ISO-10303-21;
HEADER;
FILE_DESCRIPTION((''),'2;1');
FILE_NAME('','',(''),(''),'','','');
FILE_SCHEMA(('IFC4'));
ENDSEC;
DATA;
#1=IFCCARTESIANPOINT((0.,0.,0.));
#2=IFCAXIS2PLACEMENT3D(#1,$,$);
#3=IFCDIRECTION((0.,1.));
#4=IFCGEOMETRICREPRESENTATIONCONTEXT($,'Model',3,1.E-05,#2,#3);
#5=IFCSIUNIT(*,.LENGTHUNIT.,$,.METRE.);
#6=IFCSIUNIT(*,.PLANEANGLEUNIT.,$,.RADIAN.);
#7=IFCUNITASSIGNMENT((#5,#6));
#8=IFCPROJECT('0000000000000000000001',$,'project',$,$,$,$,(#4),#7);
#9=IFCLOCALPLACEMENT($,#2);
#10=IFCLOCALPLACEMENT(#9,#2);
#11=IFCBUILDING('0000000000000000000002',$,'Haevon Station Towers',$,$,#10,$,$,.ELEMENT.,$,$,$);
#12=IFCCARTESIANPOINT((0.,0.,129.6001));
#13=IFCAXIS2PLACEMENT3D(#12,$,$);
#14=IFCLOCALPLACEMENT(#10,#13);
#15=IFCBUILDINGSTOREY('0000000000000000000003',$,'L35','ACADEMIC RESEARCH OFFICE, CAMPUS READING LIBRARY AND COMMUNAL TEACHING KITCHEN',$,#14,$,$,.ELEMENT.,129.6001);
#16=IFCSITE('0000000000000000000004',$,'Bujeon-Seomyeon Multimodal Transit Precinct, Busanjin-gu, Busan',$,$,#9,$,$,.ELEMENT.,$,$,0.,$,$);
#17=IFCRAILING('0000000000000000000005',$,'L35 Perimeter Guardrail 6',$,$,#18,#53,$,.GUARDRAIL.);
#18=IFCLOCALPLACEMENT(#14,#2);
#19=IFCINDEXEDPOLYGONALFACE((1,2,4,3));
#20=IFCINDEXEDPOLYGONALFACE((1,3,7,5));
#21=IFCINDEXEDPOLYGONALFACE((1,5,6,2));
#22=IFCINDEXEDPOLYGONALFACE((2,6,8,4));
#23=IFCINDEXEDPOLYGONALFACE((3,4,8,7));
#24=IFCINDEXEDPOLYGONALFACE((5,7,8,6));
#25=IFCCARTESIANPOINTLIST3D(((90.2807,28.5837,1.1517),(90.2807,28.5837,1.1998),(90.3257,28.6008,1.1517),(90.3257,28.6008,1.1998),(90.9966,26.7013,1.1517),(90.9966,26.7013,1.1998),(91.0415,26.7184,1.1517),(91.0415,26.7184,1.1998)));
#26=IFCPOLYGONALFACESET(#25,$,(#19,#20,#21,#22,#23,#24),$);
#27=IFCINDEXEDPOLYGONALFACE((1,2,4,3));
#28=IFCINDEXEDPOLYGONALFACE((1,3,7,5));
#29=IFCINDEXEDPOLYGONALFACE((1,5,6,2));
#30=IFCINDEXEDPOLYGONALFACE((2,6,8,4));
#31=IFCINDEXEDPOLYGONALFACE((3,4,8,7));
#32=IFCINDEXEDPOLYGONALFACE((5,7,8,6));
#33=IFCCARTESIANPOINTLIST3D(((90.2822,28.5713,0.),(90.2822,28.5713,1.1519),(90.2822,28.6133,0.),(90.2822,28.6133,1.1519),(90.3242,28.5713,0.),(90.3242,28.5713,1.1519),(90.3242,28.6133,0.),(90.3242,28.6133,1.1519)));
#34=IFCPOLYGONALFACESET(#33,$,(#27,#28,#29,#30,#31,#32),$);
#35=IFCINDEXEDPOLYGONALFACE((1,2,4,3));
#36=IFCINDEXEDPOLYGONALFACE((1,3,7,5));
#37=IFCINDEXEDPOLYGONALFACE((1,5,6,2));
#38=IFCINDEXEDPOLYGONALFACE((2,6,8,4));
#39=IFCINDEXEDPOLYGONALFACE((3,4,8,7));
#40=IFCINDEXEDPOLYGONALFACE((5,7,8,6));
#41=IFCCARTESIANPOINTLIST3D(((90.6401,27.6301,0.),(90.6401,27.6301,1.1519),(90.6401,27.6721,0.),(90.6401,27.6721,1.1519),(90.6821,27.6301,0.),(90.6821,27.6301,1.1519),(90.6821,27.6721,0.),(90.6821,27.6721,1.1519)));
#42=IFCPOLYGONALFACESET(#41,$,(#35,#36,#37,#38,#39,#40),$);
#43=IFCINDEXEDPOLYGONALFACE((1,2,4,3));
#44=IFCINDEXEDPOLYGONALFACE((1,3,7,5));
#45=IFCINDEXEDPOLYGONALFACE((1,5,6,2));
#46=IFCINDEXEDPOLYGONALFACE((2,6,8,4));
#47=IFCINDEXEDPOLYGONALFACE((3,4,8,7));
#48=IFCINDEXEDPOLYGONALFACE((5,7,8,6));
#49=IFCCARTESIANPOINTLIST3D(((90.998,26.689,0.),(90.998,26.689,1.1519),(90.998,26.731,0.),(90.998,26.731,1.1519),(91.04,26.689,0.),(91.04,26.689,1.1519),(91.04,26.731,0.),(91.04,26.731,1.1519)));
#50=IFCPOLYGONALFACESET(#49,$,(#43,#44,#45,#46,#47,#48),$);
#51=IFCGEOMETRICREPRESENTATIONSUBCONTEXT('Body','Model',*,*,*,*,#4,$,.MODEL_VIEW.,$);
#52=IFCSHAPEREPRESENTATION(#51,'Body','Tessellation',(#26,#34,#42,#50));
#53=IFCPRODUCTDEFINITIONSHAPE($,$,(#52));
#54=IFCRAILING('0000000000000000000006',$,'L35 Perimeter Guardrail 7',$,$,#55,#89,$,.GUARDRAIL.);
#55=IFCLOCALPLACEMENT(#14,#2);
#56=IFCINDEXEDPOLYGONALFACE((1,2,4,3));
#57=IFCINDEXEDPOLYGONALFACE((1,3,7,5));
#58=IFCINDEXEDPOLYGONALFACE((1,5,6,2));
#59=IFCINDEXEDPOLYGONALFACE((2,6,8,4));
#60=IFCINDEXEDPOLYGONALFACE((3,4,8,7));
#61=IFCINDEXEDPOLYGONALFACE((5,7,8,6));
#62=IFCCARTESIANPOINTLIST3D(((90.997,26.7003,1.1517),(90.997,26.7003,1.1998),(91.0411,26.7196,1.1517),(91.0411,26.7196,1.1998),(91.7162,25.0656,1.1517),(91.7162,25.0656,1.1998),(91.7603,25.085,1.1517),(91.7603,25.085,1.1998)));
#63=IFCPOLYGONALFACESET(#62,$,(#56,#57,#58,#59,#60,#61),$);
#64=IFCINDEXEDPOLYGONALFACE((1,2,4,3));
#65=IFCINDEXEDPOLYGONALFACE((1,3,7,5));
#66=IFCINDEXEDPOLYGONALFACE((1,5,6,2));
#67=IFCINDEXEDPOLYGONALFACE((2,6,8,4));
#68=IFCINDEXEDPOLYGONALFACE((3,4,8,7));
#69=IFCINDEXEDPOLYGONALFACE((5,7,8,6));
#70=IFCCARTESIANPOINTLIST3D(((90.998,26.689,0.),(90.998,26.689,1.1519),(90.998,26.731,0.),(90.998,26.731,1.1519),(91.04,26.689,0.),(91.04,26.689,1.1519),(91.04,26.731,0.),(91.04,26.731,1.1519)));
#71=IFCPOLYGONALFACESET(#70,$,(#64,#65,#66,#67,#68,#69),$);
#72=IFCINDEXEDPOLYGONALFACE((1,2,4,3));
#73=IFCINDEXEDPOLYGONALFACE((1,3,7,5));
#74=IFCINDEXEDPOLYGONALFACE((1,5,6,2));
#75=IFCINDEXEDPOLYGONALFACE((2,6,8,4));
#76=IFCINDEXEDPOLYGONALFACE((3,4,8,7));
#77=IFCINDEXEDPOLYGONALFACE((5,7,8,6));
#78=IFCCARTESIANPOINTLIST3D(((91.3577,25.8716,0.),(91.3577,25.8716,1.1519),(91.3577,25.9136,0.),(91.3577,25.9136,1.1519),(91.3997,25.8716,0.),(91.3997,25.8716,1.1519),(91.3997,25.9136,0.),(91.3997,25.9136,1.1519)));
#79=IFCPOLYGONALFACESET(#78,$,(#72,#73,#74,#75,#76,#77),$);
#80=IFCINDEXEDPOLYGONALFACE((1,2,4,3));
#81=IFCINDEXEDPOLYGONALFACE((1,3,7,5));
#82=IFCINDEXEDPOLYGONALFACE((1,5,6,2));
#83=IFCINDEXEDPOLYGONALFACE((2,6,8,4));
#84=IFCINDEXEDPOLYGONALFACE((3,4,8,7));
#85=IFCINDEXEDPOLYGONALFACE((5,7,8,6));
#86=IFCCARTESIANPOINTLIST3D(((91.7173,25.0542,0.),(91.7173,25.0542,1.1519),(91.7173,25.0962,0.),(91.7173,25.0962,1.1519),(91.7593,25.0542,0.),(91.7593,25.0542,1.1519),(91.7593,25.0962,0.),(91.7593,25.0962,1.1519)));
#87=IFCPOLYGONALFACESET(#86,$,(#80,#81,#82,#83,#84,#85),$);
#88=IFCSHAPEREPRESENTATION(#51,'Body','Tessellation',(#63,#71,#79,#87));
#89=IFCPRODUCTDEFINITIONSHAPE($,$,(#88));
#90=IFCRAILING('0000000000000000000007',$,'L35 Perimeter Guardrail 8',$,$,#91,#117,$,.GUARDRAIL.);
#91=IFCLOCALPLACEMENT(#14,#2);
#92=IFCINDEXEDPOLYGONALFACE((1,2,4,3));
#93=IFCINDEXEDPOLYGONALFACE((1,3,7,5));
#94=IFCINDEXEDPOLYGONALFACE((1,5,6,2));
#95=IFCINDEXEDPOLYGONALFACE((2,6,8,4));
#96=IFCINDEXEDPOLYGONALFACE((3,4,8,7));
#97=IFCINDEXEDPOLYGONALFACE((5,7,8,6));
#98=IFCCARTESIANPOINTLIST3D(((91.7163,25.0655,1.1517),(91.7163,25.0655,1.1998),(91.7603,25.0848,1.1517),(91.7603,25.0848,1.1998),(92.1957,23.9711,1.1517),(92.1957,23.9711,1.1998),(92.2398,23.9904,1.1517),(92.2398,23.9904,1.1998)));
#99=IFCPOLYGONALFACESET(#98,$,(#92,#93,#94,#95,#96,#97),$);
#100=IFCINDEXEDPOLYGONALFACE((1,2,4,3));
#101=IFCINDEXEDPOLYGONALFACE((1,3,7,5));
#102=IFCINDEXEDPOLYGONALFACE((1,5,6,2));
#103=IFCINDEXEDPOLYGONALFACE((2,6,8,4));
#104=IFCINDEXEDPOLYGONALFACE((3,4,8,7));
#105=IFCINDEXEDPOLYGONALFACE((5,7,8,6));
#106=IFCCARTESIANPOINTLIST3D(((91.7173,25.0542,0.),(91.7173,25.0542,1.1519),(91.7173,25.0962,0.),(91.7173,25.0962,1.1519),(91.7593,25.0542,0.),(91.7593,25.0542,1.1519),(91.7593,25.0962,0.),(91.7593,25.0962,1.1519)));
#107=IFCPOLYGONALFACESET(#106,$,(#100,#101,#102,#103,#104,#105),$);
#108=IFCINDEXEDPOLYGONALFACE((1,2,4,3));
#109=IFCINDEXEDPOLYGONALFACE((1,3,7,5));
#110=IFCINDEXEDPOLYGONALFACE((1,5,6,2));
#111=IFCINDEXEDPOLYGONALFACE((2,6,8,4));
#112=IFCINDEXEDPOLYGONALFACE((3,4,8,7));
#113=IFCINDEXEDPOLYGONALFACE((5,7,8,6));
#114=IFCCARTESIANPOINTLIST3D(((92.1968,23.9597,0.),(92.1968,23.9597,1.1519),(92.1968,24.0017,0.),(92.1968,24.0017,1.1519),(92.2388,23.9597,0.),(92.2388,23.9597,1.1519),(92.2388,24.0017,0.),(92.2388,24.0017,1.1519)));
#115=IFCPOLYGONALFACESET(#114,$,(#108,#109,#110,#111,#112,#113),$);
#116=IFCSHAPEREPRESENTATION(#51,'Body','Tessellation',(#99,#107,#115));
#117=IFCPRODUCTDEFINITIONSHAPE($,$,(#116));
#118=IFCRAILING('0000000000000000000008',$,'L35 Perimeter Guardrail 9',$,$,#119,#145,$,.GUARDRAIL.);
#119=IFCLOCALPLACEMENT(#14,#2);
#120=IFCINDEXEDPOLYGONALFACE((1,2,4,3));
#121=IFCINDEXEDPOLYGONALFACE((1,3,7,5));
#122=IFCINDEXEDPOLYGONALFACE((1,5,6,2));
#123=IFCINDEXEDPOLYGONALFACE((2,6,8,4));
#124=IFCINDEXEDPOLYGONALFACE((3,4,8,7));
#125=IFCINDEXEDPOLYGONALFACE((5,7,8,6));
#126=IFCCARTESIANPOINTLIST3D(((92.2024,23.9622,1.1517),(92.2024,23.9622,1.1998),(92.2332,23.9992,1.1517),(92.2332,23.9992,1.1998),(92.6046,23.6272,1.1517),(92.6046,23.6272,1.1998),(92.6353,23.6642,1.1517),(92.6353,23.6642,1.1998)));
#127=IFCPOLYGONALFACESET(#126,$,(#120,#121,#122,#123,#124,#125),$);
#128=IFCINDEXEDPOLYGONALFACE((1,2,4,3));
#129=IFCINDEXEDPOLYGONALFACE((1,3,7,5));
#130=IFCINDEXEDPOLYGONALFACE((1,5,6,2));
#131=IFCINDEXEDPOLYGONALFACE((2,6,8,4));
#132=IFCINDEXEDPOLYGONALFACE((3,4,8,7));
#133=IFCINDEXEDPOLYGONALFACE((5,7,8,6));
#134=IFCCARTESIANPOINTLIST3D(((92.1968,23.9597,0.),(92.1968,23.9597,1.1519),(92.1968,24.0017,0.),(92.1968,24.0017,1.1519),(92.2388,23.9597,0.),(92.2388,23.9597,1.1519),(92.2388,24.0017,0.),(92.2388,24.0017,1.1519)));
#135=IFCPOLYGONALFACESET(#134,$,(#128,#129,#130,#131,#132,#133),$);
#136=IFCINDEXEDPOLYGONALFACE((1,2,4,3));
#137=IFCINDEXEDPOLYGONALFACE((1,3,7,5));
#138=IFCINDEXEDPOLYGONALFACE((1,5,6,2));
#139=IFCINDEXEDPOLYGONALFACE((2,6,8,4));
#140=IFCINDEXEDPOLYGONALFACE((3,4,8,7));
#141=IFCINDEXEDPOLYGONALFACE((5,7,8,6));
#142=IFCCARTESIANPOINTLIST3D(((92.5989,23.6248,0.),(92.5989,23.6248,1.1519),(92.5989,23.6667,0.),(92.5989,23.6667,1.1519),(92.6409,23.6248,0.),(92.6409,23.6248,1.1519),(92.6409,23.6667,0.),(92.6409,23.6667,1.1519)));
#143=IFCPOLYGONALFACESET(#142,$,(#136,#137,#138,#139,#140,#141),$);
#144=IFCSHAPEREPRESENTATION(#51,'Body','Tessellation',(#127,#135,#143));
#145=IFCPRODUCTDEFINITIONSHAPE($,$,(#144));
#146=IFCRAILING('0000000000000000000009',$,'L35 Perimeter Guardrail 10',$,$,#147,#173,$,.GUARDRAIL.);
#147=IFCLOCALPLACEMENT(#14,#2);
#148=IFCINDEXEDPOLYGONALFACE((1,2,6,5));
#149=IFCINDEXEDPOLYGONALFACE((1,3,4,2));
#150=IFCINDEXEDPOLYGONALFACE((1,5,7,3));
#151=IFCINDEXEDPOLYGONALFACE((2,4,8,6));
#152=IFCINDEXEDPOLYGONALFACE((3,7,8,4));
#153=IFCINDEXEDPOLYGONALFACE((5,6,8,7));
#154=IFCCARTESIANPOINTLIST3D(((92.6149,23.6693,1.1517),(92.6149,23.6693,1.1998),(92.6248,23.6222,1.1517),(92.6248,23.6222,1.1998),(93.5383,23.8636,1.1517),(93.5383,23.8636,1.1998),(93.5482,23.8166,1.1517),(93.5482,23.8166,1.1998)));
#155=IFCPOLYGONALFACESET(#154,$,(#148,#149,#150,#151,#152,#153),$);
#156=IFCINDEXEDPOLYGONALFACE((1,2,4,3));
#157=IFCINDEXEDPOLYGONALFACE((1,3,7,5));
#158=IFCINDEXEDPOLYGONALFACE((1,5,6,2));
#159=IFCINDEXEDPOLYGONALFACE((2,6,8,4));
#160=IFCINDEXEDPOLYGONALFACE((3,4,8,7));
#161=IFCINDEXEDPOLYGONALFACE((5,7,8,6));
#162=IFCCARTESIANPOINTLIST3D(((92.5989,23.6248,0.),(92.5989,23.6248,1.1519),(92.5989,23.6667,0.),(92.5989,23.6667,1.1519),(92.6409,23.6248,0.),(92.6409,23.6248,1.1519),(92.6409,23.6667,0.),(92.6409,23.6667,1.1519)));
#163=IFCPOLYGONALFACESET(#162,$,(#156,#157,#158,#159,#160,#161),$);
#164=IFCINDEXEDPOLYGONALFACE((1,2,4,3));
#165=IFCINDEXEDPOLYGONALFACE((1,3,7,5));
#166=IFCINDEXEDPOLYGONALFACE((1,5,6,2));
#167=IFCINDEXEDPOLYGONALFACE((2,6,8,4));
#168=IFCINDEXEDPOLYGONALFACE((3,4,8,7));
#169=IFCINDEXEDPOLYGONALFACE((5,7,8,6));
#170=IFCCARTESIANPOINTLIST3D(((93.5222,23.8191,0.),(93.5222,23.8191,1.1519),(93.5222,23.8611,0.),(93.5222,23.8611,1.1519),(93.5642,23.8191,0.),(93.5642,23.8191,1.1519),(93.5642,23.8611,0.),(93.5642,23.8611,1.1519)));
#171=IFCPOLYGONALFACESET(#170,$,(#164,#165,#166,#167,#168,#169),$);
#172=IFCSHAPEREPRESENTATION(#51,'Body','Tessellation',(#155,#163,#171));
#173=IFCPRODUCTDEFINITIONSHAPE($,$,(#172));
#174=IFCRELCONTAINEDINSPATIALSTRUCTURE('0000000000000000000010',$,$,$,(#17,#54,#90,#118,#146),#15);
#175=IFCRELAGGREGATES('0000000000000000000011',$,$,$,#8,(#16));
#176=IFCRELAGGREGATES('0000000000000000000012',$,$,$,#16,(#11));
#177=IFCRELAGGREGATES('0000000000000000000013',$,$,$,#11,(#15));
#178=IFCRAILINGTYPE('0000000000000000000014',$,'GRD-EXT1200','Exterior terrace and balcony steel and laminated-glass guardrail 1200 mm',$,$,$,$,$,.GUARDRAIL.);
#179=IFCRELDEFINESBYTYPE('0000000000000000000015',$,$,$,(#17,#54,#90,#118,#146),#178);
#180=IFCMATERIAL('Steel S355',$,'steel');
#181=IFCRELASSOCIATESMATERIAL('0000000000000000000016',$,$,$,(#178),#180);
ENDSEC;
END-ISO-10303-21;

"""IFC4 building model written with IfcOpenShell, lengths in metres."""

from ifc_helpers import new_model, si_unit, direction, frame, origin, origin_2d, place, context, subcontext, project, spatial, rectangle, extrude, material, type_object, element, save


model = new_model("IFC4")

# Units and contexts
model_context = context("Model", 3, precision=1e-05, world=origin(), true_north=direction((0.0, 1.0)))
body_context = subcontext(model_context, "Body", "Model", "MODEL_VIEW")
ifc_project = project(units=[si_unit("LENGTHUNIT", "METRE"), si_unit("PLANEANGLEUNIT", "RADIAN")], contexts=[model_context])

# Site, building, storey
site_placement = place(None, origin())
site = spatial("IfcSite", under=ifc_project, at=site_placement, Name="Bujeon-Seomyeon Multimodal Transit Precinct, Busanjin-gu, Busan", CompositionType="ELEMENT", RefElevation=0.0)
building_placement = place(site_placement, origin())
building = spatial("IfcBuilding", under=site, at=building_placement, Name="Haevon Station Towers", CompositionType="ELEMENT")
storey_placement = place(building_placement, frame((0.0, 0.0, 129.6001)))
storey = spatial("IfcBuildingStorey", under=building, at=storey_placement, Name="L35", Description="ACADEMIC RESEARCH OFFICE, CAMPUS READING LIBRARY AND COMMUNAL TEACHING KITCHEN", CompositionType="ELEMENT", Elevation=129.6001)

# Shared definitions
ifc_material_1 = material(Name="Steel S355", Category="steel")

# Railings
railing_type = type_object("IfcRailingType", Name="GRD-EXT1200", Description="Exterior terrace and balcony steel and laminated-glass guardrail 1200 mm", PredefinedType="GUARDRAIL", material=ifc_material_1)
railing_1_placement = place(storey_placement, frame((90.3032, 28.5923, 0.0)))
element("IfcRailing", 1, at=railing_1_placement, inside=storey, type_object=railing_type, Name="L35 Perimeter Guardrail 6", PredefinedType="GUARDRAIL", context=body_context, shape_type="SweptSolid", body=[
    extrude(rectangle(XDim=0.0481, YDim=0.0481, at=origin_2d()), frame((0.0, 0.0, 1.1758), z_axis=(0.355451, -0.934695, 0.0), x_axis=(0.934695, 0.355451, 0.0)), (0.0, 0.0, 1.0), 2.0139),
    extrude(rectangle(XDim=0.042, YDim=0.042, at=origin_2d()), origin(), (0.0, 0.0, 1.0), 1.1519),
    extrude(rectangle(XDim=0.042, YDim=0.042, at=origin_2d()), frame((0.3579, -0.9412, 0.0)), (0.0, 0.0, 1.0), 1.1519),
    extrude(rectangle(XDim=0.042, YDim=0.042, at=origin_2d()), frame((0.7158, -1.8823, 0.0)), (0.0, 0.0, 1.0), 1.1519),
])
railing_2_placement = place(storey_placement, frame((91.019, 26.71, 0.0)))
element("IfcRailing", 2, at=railing_2_placement, inside=storey, type_object=railing_type, Name="L35 Perimeter Guardrail 7", PredefinedType="GUARDRAIL", context=body_context, shape_type="SweptSolid", body=[
    extrude(rectangle(XDim=0.0481, YDim=0.0481, at=origin_2d()), frame((0.0, 0.0, 1.1758), z_axis=(0.402711, -0.915327, 0.0), x_axis=(0.915327, 0.402711, 0.0)), (0.0, 0.0, 1.0), 1.7859),
    extrude(rectangle(XDim=0.042, YDim=0.042, at=origin_2d()), origin(), (0.0, 0.0, 1.0), 1.1519),
    extrude(rectangle(XDim=0.042, YDim=0.042, at=origin_2d()), frame((0.3596, -0.8174, 0.0)), (0.0, 0.0, 1.0), 1.1519),
    extrude(rectangle(XDim=0.042, YDim=0.042, at=origin_2d()), frame((0.7192, -1.6348, 0.0)), (0.0, 0.0, 1.0), 1.1519),
])
railing_3_placement = place(storey_placement, frame((91.7383, 25.0752, 0.0)))
element("IfcRailing", 3, at=railing_3_placement, inside=storey, type_object=railing_type, Name="L35 Perimeter Guardrail 8", PredefinedType="GUARDRAIL", context=body_context, shape_type="SweptSolid", body=[
    extrude(rectangle(XDim=0.0481, YDim=0.0481, at=origin_2d()), frame((0.0, 0.0, 1.1758), z_axis=(0.40128, -0.915956, 0.0), x_axis=(0.915956, 0.40128, 0.0)), (0.0, 0.0, 1.0), 1.1948),
    extrude(rectangle(XDim=0.042, YDim=0.042, at=origin_2d()), origin(), (0.0, 0.0, 1.0), 1.1519),
    extrude(rectangle(XDim=0.042, YDim=0.042, at=origin_2d()), frame((0.4795, -1.0945, 0.0)), (0.0, 0.0, 1.0), 1.1519),
])
railing_4_placement = place(storey_placement, frame((92.2178, 23.9807, 0.0)))
element("IfcRailing", 4, at=railing_4_placement, inside=storey, type_object=railing_type, Name="L35 Perimeter Guardrail 9", PredefinedType="GUARDRAIL", context=body_context, shape_type="SweptSolid", body=[
    extrude(rectangle(XDim=0.0481, YDim=0.0481, at=origin_2d()), frame((0.0, 0.0, 1.1758), z_axis=(0.768336, -0.640047, 0.0), x_axis=(0.640047, 0.768336, 0.0)), (0.0, 0.0, 1.0), 0.5234),
    extrude(rectangle(XDim=0.042, YDim=0.042, at=origin_2d()), origin(), (0.0, 0.0, 1.0), 1.1519),
    extrude(rectangle(XDim=0.042, YDim=0.042, at=origin_2d()), frame((0.4021, -0.335, 0.0)), (0.0, 0.0, 1.0), 1.1519),
])
railing_5_placement = place(storey_placement, frame((92.6199, 23.6458, 0.0)))
element("IfcRailing", 5, at=railing_5_placement, inside=storey, type_object=railing_type, Name="L35 Perimeter Guardrail 10", PredefinedType="GUARDRAIL", context=body_context, shape_type="SweptSolid", body=[
    extrude(rectangle(XDim=0.0481, YDim=0.0481, at=origin_2d()), frame((0.0, 0.0, 1.1758), z_axis=(0.978561, 0.205958, 0.0), x_axis=(-0.205958, 0.978561, 0.0)), (0.0, 0.0, 1.0), 0.9436),
    extrude(rectangle(XDim=0.042, YDim=0.042, at=origin_2d()), origin(), (0.0, 0.0, 1.0), 1.1519),
    extrude(rectangle(XDim=0.042, YDim=0.042, at=origin_2d()), frame((0.9233, 0.1943, 0.0)), (0.0, 0.0, 1.0), 1.1519),
])

save(model, "model.ifc")
